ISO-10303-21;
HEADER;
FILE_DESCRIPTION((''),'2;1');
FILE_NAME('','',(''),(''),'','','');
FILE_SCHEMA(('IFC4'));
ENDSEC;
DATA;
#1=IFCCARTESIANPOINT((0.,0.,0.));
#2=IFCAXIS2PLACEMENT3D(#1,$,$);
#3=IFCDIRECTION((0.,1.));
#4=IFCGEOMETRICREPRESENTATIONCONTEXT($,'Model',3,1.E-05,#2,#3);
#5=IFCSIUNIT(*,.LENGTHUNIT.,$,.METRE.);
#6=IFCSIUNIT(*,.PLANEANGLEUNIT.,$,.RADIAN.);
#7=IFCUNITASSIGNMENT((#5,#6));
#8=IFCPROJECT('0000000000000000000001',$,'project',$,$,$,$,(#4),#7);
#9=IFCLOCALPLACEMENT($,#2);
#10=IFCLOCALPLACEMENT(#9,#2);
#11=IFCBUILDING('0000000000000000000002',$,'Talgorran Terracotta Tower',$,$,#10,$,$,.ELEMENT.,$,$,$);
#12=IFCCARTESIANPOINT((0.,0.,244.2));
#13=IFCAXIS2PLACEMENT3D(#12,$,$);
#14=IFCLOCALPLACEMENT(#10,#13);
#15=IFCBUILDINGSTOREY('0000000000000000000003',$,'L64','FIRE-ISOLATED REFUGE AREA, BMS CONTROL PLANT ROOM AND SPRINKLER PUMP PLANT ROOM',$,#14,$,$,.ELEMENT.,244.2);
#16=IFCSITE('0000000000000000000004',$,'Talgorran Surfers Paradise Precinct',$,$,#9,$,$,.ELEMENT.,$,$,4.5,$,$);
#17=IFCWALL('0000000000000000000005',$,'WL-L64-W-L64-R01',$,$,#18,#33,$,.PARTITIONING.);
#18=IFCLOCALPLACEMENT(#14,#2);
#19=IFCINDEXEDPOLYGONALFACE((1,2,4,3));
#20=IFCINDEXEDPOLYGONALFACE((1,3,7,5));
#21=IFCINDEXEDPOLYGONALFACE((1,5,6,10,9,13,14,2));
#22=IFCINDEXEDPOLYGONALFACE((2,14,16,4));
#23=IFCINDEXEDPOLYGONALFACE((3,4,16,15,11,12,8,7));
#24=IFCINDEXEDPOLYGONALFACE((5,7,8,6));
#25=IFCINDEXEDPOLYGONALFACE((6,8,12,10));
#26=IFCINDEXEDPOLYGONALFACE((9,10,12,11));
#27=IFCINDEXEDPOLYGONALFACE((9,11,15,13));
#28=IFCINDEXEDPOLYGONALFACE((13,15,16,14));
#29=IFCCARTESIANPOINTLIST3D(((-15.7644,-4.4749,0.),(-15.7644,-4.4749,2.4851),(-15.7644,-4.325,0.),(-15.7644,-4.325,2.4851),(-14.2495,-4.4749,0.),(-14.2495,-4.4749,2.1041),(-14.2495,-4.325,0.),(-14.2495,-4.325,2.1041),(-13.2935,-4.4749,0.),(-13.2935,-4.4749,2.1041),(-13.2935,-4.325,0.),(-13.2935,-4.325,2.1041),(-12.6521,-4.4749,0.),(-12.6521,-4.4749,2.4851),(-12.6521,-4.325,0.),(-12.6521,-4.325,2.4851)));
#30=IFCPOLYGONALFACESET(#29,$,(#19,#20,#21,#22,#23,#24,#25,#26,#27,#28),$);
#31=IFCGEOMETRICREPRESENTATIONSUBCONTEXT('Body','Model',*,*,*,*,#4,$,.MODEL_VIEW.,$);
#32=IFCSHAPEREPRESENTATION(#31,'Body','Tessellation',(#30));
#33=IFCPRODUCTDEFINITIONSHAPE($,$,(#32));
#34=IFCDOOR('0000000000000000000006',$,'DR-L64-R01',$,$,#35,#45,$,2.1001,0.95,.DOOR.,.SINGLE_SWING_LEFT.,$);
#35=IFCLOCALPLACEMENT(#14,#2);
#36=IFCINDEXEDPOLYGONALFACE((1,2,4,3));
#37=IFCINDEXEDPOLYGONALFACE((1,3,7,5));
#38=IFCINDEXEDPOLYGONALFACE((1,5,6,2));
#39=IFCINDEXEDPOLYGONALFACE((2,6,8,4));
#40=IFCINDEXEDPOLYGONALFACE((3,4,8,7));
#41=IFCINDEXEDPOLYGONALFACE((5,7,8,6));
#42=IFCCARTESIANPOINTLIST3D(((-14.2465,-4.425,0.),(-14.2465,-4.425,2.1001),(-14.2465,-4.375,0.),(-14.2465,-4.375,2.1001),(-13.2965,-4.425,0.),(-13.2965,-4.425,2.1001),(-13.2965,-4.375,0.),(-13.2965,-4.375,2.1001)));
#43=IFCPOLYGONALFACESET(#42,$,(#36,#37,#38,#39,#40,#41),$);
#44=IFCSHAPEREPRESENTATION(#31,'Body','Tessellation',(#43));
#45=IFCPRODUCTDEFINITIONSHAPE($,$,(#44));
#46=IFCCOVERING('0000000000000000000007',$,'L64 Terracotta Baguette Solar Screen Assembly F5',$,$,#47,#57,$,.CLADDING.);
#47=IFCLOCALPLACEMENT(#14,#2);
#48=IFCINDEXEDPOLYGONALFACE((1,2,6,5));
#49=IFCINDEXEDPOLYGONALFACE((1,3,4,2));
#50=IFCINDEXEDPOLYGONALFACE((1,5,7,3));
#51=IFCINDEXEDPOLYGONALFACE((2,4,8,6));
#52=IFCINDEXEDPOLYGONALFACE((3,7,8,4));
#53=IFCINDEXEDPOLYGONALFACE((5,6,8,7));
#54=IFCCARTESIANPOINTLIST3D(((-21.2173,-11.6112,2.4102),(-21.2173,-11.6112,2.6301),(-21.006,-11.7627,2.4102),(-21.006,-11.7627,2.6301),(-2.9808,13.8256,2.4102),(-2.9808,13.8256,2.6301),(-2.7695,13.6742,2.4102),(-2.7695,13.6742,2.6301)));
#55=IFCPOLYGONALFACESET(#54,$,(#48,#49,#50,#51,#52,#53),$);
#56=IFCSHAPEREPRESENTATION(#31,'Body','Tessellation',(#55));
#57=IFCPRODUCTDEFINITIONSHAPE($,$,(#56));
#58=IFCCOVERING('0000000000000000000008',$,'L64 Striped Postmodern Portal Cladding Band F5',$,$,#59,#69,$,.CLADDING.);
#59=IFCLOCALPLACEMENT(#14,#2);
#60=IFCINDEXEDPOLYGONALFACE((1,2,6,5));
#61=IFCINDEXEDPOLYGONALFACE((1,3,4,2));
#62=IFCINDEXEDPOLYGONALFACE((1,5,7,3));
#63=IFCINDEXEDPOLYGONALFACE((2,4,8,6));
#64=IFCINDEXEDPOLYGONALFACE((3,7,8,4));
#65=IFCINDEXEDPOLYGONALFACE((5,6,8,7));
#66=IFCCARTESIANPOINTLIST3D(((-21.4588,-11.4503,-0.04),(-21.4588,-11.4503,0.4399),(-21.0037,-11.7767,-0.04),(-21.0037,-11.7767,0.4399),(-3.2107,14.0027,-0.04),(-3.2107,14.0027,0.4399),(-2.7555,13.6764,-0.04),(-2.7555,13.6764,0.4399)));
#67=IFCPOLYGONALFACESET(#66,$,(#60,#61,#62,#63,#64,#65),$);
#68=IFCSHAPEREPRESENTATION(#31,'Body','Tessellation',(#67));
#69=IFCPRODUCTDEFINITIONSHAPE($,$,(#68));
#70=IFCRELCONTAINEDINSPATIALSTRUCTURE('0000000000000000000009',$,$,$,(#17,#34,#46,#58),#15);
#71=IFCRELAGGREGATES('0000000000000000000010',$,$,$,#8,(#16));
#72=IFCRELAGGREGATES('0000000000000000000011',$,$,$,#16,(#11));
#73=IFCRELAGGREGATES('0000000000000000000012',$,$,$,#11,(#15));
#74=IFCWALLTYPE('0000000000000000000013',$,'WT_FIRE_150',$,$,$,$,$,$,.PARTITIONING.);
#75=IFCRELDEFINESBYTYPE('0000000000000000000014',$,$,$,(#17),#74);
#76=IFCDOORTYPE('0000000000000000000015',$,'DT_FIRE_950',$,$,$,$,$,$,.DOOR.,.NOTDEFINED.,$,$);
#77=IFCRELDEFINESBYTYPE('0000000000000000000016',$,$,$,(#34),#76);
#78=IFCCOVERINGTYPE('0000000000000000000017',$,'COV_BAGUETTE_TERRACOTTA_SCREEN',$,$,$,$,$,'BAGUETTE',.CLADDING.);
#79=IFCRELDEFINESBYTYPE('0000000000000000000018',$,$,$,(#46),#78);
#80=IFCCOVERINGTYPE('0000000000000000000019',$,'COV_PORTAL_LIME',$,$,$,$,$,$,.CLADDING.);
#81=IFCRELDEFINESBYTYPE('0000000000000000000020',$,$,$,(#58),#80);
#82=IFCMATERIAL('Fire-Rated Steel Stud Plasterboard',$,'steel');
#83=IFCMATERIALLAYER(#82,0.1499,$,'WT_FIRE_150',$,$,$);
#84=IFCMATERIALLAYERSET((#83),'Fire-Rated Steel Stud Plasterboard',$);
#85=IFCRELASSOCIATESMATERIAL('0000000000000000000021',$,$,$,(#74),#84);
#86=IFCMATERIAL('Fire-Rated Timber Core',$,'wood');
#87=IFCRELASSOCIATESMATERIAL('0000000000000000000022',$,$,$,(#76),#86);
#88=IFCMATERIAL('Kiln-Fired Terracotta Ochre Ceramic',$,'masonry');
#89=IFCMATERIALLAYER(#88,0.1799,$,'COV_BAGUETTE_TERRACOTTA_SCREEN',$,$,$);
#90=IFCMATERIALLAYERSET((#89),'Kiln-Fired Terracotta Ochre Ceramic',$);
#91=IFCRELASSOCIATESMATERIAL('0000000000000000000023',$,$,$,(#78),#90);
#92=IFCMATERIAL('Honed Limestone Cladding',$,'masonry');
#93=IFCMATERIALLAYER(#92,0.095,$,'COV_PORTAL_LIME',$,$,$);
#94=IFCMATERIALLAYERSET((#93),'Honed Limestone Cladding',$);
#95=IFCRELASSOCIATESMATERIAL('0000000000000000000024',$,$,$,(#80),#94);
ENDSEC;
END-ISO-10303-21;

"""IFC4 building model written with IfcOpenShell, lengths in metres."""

from ifc_helpers import new_model, si_unit, direction, frame, frame_2d, origin, origin_2d, place, context, subcontext, project, spatial, rectangle, extrude, material, layer, layer_set, type_object, element, fill, save


model = new_model("IFC4")

# Units and contexts
model_context = context("Model", 3, precision=1e-05, world=origin(), true_north=direction((0.0, 1.0)))
body_context = subcontext(model_context, "Body", "Model", "MODEL_VIEW")
ifc_project = project(units=[si_unit("LENGTHUNIT", "METRE"), si_unit("PLANEANGLEUNIT", "RADIAN")], contexts=[model_context])

# Site, building, storey
site_placement = place(None, origin())
site = spatial("IfcSite", under=ifc_project, at=site_placement, Name="Talgorran Surfers Paradise Precinct", CompositionType="ELEMENT", RefElevation=4.5)
building_placement = place(site_placement, origin())
building = spatial("IfcBuilding", under=site, at=building_placement, Name="Talgorran Terracotta Tower", CompositionType="ELEMENT")
storey_placement = place(building_placement, frame((0.0, 0.0, 244.2)))
storey = spatial("IfcBuildingStorey", under=building, at=storey_placement, Name="L64", Description="FIRE-ISOLATED REFUGE AREA, BMS CONTROL PLANT ROOM AND SPRINKLER PUMP PLANT ROOM", CompositionType="ELEMENT", Elevation=244.2)

# Wall, opening, door
ifc_material_1 = material(Name="Fire-Rated Steel Stud Plasterboard", Category="steel")
ifc_layer_1 = layer(ifc_material_1, 0.1499, Name="WT_FIRE_150")
ifc_layer_set_1 = layer_set([ifc_layer_1], Name="Fire-Rated Steel Stud Plasterboard")
wall_type_1 = type_object("IfcWallType", Name="WT_FIRE_150", PredefinedType="PARTITIONING", material=ifc_layer_set_1)
ifc_material_2 = material(Name="Fire-Rated Timber Core", Category="wood")
door_type_1 = type_object("IfcDoorType", Name="DT_FIRE_950", OperationType="NOTDEFINED", PredefinedType="DOOR", material=ifc_material_2)
wall_1_placement = place(storey_placement, frame((-15.7644, -4.3999, 0.0), z_axis=(0.0, 0.0, 1.0), x_axis=(1.0, 0.0, 0.0)))
wall_1 = element("IfcWall", 1, at=wall_1_placement, inside=storey, type_object=wall_type_1, Name="WL-L64-W-L64-R01", PredefinedType="PARTITIONING", context=body_context, shape_type="SweptSolid", body=[
    extrude(rectangle(XDim=3.1123, YDim=0.1499, at=frame_2d((1.5562, 0.0))), origin(), (0.0, 0.0, 1.0), 2.4851),
])
opening_1_placement = place(wall_1_placement, frame((1.5178, 0.0, 0.0)))
opening_1 = element("IfcOpeningElement", 2, at=opening_1_placement, cuts=wall_1, PredefinedType="OPENING", context=body_context, shape_type="SweptSolid", body=[
    extrude(rectangle(XDim=0.956, YDim=2.1041, at=frame_2d((0.4751, 1.052))), frame((0.0, 0.085, 0.0), z_axis=(0.0, -1.0, 0.0), x_axis=(1.0, 0.0, 0.0)), (0.0, 0.0, 1.0), 0.1699),
])
door_1_placement = place(opening_1_placement, origin())
door_1 = element("IfcDoor", 3, at=door_1_placement, inside=storey, type_object=door_type_1, Name="DR-L64-R01", OperationType="SINGLE_SWING_LEFT", OverallHeight=2.1001, OverallWidth=0.95, PredefinedType="DOOR", context=body_context, shape_type="SweptSolid", body=[
    extrude(rectangle(XDim=0.95, YDim=2.1001, at=frame_2d((0.4751, 1.05))), frame((0.0, 0.0249, 0.0), z_axis=(0.0, -1.0, 0.0), x_axis=(1.0, 0.0, 0.0)), (0.0, 0.0, 1.0), 0.05),
])
fill(opening_1, door_1)

# Coverings
ifc_material_3 = material(Name="Kiln-Fired Terracotta Ochre Ceramic", Category="masonry")
ifc_layer_2 = layer(ifc_material_3, 0.1799, Name="COV_BAGUETTE_TERRACOTTA_SCREEN")
ifc_layer_set_2 = layer_set([ifc_layer_2], Name="Kiln-Fired Terracotta Ochre Ceramic")
covering_type_1 = type_object("IfcCoveringType", Name="COV_BAGUETTE_TERRACOTTA_SCREEN", ElementType="BAGUETTE", PredefinedType="CLADDING", material=ifc_layer_set_2)
covering_1_placement = place(storey_placement, frame((-11.9934, 1.0315, 2.4102), z_axis=(0.0, 0.0, 1.0), x_axis=(-0.582662, -0.812715, 0.0)))
element("IfcCovering", 4, at=covering_1_placement, inside=storey, type_object=covering_type_1, Name="L64 Terracotta Baguette Solar Screen Assembly F5", PredefinedType="CLADDING", context=body_context, shape_type="SweptSolid", body=[
    extrude(rectangle(XDim=31.2986, YDim=0.26, at=origin_2d()), origin(), (0.0, 0.0, 1.0), 0.22),
])
ifc_material_4 = material(Name="Honed Limestone Cladding", Category="masonry")
ifc_layer_3 = layer(ifc_material_4, 0.095, Name="COV_PORTAL_LIME")
ifc_layer_set_3 = layer_set([ifc_layer_3], Name="Honed Limestone Cladding")
covering_type_2 = type_object("IfcCoveringType", Name="COV_PORTAL_LIME", PredefinedType="CLADDING", material=ifc_layer_set_3)
covering_2_placement = place(storey_placement, frame((-12.1072, 1.113, -0.04), z_axis=(0.0, 0.0, 1.0), x_axis=(-0.582662, -0.812715, 0.0)))
element("IfcCovering", 5, at=covering_2_placement, inside=storey, type_object=covering_type_2, Name="L64 Striped Postmodern Portal Cladding Band F5", PredefinedType="CLADDING", context=body_context, shape_type="SweptSolid", body=[
    extrude(rectangle(XDim=31.3186, YDim=0.5601, at=origin_2d()), origin(), (0.0, 0.0, 1.0), 0.48),
])

save(model, "model.ifc")
